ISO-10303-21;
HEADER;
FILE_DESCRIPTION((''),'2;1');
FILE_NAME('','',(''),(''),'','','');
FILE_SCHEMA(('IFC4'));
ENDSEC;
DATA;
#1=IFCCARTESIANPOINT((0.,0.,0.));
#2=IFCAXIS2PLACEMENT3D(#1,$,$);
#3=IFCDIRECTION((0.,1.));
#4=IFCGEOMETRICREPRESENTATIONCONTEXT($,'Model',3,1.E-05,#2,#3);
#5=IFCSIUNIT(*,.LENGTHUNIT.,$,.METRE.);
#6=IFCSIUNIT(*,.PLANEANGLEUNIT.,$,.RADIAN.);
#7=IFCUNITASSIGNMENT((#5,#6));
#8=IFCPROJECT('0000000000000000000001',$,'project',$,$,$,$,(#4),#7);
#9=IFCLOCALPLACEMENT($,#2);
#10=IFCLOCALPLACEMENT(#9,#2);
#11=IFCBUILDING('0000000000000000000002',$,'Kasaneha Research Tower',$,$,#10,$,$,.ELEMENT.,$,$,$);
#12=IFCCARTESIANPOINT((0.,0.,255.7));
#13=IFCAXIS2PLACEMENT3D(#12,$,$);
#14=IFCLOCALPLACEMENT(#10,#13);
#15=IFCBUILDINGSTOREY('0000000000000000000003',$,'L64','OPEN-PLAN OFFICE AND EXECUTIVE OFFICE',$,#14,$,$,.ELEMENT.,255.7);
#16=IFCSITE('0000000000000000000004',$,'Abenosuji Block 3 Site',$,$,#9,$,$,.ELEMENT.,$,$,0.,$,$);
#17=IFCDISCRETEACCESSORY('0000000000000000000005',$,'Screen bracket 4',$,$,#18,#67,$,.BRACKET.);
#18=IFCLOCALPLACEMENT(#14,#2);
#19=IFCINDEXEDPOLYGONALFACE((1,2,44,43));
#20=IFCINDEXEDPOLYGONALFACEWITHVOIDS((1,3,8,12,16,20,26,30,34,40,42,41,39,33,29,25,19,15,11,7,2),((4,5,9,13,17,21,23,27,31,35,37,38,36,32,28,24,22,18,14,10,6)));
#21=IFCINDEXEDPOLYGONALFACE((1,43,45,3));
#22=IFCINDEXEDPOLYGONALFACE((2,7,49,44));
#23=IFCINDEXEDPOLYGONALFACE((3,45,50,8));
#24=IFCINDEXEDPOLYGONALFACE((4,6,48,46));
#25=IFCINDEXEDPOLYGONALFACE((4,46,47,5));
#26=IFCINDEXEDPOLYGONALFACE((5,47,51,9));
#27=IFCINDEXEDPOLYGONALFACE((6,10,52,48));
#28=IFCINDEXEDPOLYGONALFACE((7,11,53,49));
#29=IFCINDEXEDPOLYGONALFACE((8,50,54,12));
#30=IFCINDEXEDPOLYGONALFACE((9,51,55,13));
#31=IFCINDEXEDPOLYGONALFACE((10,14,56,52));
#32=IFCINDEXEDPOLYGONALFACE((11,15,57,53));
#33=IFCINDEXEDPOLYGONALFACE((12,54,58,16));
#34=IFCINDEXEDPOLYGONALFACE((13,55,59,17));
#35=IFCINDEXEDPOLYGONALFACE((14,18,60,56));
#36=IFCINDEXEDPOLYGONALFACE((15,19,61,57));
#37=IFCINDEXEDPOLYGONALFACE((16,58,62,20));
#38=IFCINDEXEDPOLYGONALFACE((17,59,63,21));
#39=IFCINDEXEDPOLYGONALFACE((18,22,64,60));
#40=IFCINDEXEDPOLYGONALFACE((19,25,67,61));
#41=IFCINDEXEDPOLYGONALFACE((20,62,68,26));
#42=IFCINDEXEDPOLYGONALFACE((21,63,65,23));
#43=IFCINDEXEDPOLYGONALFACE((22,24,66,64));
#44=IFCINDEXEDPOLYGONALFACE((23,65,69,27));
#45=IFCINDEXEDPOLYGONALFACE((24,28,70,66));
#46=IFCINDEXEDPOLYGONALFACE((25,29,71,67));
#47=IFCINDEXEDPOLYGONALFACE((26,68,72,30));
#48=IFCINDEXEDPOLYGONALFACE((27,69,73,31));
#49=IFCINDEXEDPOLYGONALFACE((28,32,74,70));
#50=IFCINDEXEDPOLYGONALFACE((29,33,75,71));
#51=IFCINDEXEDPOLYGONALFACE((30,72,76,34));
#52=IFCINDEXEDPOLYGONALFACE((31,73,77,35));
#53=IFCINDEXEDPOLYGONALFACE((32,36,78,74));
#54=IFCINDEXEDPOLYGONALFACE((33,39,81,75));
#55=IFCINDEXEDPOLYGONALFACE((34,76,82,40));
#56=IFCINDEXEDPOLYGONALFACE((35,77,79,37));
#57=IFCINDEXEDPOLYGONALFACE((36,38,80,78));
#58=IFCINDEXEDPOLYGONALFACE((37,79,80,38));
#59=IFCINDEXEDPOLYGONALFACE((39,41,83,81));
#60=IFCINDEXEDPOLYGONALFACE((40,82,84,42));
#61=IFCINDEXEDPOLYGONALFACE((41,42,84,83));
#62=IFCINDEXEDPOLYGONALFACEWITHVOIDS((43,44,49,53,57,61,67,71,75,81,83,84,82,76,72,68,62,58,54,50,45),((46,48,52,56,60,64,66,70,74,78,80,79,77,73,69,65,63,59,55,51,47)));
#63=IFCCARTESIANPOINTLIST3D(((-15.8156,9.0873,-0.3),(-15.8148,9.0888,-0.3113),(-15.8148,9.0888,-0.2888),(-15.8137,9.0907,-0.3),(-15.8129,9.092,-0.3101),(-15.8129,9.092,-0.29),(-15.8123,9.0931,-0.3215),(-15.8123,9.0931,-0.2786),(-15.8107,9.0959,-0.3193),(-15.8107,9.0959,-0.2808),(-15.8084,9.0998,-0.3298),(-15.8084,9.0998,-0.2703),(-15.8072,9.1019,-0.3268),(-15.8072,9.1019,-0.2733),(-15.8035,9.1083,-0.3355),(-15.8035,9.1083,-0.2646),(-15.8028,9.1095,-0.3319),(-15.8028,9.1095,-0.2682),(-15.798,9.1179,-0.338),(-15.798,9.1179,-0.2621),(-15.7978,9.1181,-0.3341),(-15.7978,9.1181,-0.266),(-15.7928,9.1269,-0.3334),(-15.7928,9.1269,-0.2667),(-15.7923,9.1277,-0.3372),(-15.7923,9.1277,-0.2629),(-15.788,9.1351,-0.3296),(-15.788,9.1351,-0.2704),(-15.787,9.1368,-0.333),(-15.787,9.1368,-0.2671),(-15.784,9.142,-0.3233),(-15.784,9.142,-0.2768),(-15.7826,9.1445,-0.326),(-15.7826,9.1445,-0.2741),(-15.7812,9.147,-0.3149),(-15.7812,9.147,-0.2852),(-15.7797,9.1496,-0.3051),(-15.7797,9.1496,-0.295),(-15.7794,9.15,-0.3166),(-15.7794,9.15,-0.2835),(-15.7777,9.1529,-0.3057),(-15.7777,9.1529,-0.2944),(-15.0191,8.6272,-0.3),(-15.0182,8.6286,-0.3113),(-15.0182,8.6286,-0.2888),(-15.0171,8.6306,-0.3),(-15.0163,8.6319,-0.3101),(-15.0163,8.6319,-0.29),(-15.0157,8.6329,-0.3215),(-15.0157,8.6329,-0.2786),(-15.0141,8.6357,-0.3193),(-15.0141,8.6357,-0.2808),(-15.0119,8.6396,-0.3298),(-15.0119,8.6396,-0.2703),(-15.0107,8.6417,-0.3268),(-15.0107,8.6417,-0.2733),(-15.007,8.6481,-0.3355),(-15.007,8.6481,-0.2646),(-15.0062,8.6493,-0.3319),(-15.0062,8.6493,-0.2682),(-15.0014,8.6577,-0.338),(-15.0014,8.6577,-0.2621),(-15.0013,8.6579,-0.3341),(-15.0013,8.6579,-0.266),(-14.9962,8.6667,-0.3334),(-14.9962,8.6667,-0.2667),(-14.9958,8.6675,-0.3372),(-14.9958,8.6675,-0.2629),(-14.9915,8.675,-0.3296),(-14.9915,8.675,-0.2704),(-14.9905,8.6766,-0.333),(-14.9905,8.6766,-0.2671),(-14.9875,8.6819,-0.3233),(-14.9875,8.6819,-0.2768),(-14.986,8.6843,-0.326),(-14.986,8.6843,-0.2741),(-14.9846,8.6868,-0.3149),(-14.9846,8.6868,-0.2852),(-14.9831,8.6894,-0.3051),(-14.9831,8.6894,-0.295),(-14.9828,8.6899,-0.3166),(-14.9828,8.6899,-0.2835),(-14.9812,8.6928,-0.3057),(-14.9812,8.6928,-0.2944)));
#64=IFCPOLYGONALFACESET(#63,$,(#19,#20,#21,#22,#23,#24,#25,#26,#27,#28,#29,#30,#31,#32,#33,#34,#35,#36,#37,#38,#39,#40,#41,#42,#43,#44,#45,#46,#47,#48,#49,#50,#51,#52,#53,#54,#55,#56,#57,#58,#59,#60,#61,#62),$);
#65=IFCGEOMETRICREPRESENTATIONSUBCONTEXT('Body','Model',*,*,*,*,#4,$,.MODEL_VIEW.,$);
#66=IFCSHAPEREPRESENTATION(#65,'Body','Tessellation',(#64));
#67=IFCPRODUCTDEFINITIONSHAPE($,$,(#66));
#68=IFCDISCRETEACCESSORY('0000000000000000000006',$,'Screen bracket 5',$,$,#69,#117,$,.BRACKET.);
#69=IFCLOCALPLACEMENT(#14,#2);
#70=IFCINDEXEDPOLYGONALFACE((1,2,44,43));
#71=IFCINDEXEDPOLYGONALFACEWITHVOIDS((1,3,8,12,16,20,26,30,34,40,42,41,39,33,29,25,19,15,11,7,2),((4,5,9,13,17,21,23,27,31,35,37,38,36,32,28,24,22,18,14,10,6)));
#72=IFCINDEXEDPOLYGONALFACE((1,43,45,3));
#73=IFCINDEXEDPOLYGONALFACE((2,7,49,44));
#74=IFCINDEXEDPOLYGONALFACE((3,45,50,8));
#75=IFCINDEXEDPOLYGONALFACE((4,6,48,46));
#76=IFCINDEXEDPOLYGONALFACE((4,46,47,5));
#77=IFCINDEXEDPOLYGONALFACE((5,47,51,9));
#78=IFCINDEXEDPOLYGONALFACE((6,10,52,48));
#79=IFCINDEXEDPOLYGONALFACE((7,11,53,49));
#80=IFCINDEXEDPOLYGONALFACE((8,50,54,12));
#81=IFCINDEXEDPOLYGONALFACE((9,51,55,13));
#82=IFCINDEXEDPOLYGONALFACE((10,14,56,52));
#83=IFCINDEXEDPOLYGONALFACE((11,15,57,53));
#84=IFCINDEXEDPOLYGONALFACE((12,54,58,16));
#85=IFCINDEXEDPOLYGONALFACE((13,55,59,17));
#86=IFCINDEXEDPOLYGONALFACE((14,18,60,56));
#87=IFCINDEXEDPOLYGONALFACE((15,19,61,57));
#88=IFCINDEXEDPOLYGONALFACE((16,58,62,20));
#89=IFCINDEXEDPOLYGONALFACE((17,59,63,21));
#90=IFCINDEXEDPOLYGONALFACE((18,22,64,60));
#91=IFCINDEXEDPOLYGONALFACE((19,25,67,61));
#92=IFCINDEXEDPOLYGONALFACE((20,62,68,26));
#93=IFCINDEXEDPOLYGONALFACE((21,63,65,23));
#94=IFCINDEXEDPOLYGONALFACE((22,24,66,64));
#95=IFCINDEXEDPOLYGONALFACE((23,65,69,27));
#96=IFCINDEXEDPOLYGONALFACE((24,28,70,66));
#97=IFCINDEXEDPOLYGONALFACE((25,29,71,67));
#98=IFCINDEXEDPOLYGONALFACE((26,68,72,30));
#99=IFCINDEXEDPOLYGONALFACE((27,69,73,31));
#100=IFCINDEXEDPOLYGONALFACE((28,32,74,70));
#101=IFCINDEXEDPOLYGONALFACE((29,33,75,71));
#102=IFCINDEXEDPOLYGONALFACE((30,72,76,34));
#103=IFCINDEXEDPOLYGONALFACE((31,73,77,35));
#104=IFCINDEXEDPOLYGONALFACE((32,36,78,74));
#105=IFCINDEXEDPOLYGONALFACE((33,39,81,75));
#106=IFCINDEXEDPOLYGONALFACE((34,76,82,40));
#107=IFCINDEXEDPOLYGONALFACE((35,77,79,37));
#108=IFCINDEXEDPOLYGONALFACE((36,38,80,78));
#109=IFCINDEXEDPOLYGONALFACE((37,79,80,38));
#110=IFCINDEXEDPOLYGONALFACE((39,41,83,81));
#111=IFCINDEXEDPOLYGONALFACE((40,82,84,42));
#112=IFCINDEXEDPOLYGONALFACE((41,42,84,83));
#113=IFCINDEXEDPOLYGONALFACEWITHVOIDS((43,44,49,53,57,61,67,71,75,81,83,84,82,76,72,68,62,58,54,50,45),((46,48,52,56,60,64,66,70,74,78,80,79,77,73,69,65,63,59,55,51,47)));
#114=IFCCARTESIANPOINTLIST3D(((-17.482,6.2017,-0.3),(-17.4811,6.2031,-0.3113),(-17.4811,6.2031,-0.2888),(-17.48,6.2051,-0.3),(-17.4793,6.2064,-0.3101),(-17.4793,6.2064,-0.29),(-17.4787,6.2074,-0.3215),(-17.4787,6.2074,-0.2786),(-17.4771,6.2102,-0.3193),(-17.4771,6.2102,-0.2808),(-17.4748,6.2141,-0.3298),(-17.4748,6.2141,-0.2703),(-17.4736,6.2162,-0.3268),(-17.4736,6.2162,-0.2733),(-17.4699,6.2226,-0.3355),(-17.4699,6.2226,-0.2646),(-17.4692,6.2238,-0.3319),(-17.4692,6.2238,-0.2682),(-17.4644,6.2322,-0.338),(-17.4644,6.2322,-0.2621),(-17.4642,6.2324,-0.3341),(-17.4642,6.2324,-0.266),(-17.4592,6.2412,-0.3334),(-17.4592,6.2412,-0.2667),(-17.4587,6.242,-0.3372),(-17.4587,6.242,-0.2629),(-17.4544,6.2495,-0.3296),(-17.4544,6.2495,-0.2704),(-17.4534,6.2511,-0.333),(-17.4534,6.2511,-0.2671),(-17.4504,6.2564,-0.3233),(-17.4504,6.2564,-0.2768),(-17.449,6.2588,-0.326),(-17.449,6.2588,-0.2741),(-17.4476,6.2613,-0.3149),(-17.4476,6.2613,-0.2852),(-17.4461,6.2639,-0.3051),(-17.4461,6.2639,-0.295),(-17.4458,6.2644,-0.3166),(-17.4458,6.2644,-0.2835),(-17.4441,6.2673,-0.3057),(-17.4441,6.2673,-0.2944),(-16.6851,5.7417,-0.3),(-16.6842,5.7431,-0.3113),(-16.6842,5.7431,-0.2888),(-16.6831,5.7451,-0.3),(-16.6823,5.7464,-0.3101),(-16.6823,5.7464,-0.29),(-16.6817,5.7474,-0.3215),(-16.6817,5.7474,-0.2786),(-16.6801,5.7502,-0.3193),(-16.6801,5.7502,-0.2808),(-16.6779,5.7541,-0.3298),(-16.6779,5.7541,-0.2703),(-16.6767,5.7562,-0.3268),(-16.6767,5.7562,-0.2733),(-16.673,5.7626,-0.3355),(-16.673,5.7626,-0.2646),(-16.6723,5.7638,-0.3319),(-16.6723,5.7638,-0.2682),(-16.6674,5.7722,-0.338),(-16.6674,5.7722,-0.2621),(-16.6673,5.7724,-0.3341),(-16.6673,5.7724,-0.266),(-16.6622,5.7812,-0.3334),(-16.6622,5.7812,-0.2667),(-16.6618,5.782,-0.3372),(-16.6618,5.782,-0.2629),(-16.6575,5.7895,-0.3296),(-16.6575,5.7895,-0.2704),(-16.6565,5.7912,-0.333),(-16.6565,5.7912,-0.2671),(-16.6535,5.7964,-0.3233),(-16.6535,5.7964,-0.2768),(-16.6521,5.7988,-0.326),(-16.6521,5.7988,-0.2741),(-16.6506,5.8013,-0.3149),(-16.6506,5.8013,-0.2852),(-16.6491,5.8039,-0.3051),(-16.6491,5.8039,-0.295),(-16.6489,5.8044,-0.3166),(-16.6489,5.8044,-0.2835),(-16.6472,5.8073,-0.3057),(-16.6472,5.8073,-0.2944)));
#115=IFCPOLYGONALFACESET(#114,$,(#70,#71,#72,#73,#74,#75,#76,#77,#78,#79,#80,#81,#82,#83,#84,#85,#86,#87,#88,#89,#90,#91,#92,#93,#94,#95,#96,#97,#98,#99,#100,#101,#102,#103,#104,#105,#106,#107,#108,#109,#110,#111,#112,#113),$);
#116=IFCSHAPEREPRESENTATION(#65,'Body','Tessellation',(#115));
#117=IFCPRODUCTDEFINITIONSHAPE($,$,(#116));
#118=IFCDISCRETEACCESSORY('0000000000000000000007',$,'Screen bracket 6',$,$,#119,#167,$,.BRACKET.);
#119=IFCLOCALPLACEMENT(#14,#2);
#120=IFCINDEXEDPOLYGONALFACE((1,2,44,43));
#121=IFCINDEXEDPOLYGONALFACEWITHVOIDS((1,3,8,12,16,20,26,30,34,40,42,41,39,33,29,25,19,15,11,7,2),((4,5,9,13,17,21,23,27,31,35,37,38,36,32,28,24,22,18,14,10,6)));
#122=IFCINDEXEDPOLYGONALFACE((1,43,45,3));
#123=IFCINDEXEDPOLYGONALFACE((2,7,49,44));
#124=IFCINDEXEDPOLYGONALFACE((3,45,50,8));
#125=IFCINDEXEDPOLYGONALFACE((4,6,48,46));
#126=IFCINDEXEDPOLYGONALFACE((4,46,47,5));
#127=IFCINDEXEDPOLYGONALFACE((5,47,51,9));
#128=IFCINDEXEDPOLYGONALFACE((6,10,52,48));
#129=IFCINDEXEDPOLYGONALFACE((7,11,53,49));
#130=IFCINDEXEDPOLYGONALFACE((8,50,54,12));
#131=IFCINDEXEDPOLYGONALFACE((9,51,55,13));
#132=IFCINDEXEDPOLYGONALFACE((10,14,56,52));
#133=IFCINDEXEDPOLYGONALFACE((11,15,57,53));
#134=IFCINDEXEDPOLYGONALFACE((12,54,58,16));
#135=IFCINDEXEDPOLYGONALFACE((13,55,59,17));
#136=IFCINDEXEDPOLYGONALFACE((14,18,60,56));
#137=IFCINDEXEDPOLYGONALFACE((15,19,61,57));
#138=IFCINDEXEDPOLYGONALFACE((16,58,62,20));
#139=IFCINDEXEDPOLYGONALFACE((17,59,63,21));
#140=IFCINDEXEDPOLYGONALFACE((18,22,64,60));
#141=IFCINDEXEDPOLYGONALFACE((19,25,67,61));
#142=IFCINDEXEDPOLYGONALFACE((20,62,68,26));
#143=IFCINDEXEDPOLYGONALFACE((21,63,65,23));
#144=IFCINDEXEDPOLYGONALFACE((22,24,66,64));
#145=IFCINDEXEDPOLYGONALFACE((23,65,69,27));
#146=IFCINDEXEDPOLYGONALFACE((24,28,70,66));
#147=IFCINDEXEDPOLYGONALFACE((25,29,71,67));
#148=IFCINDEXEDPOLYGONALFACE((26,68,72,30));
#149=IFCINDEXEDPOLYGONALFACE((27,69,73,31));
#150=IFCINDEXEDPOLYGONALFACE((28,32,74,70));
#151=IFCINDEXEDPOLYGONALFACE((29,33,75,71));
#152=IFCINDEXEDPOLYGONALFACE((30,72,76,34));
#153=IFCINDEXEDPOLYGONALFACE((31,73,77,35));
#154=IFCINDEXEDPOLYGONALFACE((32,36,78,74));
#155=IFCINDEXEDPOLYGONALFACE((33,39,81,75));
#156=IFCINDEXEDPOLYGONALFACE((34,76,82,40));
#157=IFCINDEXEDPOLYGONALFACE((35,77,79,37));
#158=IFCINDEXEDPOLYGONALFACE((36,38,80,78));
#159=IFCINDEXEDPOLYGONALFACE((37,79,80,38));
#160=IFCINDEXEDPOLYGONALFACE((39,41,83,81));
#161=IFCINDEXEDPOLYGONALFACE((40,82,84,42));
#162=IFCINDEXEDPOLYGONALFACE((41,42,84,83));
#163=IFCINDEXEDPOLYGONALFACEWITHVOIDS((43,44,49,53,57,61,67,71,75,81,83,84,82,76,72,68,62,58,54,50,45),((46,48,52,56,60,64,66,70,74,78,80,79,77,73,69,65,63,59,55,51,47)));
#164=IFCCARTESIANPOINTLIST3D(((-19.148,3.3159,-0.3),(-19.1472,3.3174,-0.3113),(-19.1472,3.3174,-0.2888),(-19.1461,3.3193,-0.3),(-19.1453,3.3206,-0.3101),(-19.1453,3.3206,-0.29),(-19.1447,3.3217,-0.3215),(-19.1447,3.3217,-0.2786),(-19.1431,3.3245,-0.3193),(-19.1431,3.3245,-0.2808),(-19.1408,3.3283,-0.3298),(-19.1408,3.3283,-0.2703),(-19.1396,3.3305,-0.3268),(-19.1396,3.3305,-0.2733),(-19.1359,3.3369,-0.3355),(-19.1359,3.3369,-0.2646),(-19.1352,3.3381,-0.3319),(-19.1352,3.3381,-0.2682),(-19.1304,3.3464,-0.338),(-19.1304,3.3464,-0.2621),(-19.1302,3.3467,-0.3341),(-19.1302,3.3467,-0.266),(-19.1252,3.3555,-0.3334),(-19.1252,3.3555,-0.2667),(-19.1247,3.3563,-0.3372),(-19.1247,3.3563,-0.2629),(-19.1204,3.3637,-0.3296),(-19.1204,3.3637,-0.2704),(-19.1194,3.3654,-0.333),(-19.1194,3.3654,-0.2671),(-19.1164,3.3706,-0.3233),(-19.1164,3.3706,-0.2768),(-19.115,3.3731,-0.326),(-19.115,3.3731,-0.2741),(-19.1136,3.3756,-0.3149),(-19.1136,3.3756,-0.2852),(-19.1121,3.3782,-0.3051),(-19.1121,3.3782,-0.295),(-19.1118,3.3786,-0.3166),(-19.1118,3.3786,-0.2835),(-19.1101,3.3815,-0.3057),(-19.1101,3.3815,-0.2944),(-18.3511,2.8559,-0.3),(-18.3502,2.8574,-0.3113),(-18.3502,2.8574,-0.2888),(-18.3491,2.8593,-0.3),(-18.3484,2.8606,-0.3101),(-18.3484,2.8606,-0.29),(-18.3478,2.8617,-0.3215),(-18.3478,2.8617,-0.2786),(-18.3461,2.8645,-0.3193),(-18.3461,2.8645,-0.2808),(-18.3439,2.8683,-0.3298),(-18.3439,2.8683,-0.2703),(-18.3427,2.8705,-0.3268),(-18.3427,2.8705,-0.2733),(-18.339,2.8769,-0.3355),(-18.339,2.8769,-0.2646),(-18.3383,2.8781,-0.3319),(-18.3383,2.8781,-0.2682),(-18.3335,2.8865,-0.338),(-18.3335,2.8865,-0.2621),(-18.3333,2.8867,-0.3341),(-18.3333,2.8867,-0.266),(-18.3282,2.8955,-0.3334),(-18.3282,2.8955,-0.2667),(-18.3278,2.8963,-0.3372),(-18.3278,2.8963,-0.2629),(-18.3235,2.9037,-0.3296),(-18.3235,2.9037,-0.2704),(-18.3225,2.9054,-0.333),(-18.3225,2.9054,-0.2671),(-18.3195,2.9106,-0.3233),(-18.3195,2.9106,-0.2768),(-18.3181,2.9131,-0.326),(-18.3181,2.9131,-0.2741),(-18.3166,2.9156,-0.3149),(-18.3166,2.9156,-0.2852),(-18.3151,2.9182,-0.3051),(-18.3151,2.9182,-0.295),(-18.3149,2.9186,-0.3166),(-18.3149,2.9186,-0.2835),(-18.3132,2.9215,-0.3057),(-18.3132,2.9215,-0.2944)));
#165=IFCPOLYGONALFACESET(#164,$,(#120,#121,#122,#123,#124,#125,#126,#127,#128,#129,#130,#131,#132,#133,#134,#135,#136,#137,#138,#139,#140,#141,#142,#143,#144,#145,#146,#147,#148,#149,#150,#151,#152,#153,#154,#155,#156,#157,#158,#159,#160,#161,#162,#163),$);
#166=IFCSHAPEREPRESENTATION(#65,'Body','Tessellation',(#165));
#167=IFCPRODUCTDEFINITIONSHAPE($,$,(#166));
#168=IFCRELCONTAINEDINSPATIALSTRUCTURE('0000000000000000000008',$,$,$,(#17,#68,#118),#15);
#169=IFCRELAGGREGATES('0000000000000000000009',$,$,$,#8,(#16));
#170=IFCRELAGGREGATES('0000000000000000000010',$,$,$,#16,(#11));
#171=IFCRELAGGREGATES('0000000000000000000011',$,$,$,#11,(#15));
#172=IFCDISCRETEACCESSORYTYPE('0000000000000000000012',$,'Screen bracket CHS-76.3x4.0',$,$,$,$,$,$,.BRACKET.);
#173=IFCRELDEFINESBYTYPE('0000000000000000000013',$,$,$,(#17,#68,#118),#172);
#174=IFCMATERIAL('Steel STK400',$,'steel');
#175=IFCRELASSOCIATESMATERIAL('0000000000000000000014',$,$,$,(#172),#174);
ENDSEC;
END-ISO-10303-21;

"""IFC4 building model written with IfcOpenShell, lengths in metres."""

from ifc_helpers import new_model, si_unit, direction, frame, origin, origin_2d, place, context, subcontext, project, spatial, hollow_circle, extrude, material, material_profile, profile_set, type_object, element, save


model = new_model("IFC4")

# Units and contexts
model_context = context("Model", 3, precision=1e-05, world=origin(), true_north=direction((0.0, 1.0)))
body_context = subcontext(model_context, "Body", "Model", "MODEL_VIEW")
ifc_project = project(units=[si_unit("LENGTHUNIT", "METRE"), si_unit("PLANEANGLEUNIT", "RADIAN")], contexts=[model_context])

# Site, building, storey
site_placement = place(None, origin())
site = spatial("IfcSite", under=ifc_project, at=site_placement, Name="Abenosuji Block 3 Site", CompositionType="ELEMENT", RefElevation=0.0)
building_placement = place(site_placement, origin())
building = spatial("IfcBuilding", under=site, at=building_placement, Name="Kasaneha Research Tower", CompositionType="ELEMENT")
storey_placement = place(building_placement, frame((0.0, 0.0, 255.7)))
storey = spatial("IfcBuildingStorey", under=building, at=storey_placement, Name="L64", Description="OPEN-PLAN OFFICE AND EXECUTIVE OFFICE", CompositionType="ELEMENT", Elevation=255.7)

# Discrete accessories
ifc_material_1 = material(Name="Steel STK400", Category="steel")
ifc_material_profile_1 = material_profile(ifc_material_1, hollow_circle(Radius=0.0381, WallThickness=0.0039, at=origin_2d()), Name="CHS-76.3x4.0")
ifc_profile_set_1 = profile_set([ifc_material_profile_1], Name="Steel STK400")
discrete_accessory_type = type_object("IfcDiscreteAccessoryType", Name="Screen bracket CHS-76.3x4.0", PredefinedType="BRACKET", material=ifc_profile_set_1)
discrete_accessory_1_placement = place(storey_placement, frame((-15.0, 8.6602, -0.3), z_axis=(-0.865898, 0.50022, 0.0), x_axis=(-0.50022, -0.865898, 0.0)))
element("IfcDiscreteAccessory", 1, at=discrete_accessory_1_placement, inside=storey, type_object=discrete_accessory_type, Name="Screen bracket 4", PredefinedType="BRACKET", context=body_context, shape_type="SweptSolid", body=[
    extrude(hollow_circle(Radius=0.0381, WallThickness=0.0039, at=origin_2d()), origin(), (0.0, 0.0, 1.0), 0.9199),
])
for number, where, z_axis, x_axis, name in (
    (2, (-16.666, 5.7747, -0.3), (-0.86608, 0.499906, 0.0), (-0.499906, -0.86608, 0.0), "Screen bracket 5"),
    (3, (-18.332, 2.8889, -0.3), (-0.86608, 0.499906, 0.0), (-0.499906, -0.86608, 0.0), "Screen bracket 6"),
):
    element("IfcDiscreteAccessory", number, at=place(storey_placement, frame(where, z_axis=z_axis, x_axis=x_axis)), inside=storey, type_object=discrete_accessory_type, Name=name, PredefinedType="BRACKET", context=body_context, shape_type="SweptSolid", body=[
        extrude(hollow_circle(Radius=0.0381, WallThickness=0.0039, at=origin_2d()), origin(), (0.0, 0.0, 1.0), 0.9202),
    ])

save(model, "model.ifc")
